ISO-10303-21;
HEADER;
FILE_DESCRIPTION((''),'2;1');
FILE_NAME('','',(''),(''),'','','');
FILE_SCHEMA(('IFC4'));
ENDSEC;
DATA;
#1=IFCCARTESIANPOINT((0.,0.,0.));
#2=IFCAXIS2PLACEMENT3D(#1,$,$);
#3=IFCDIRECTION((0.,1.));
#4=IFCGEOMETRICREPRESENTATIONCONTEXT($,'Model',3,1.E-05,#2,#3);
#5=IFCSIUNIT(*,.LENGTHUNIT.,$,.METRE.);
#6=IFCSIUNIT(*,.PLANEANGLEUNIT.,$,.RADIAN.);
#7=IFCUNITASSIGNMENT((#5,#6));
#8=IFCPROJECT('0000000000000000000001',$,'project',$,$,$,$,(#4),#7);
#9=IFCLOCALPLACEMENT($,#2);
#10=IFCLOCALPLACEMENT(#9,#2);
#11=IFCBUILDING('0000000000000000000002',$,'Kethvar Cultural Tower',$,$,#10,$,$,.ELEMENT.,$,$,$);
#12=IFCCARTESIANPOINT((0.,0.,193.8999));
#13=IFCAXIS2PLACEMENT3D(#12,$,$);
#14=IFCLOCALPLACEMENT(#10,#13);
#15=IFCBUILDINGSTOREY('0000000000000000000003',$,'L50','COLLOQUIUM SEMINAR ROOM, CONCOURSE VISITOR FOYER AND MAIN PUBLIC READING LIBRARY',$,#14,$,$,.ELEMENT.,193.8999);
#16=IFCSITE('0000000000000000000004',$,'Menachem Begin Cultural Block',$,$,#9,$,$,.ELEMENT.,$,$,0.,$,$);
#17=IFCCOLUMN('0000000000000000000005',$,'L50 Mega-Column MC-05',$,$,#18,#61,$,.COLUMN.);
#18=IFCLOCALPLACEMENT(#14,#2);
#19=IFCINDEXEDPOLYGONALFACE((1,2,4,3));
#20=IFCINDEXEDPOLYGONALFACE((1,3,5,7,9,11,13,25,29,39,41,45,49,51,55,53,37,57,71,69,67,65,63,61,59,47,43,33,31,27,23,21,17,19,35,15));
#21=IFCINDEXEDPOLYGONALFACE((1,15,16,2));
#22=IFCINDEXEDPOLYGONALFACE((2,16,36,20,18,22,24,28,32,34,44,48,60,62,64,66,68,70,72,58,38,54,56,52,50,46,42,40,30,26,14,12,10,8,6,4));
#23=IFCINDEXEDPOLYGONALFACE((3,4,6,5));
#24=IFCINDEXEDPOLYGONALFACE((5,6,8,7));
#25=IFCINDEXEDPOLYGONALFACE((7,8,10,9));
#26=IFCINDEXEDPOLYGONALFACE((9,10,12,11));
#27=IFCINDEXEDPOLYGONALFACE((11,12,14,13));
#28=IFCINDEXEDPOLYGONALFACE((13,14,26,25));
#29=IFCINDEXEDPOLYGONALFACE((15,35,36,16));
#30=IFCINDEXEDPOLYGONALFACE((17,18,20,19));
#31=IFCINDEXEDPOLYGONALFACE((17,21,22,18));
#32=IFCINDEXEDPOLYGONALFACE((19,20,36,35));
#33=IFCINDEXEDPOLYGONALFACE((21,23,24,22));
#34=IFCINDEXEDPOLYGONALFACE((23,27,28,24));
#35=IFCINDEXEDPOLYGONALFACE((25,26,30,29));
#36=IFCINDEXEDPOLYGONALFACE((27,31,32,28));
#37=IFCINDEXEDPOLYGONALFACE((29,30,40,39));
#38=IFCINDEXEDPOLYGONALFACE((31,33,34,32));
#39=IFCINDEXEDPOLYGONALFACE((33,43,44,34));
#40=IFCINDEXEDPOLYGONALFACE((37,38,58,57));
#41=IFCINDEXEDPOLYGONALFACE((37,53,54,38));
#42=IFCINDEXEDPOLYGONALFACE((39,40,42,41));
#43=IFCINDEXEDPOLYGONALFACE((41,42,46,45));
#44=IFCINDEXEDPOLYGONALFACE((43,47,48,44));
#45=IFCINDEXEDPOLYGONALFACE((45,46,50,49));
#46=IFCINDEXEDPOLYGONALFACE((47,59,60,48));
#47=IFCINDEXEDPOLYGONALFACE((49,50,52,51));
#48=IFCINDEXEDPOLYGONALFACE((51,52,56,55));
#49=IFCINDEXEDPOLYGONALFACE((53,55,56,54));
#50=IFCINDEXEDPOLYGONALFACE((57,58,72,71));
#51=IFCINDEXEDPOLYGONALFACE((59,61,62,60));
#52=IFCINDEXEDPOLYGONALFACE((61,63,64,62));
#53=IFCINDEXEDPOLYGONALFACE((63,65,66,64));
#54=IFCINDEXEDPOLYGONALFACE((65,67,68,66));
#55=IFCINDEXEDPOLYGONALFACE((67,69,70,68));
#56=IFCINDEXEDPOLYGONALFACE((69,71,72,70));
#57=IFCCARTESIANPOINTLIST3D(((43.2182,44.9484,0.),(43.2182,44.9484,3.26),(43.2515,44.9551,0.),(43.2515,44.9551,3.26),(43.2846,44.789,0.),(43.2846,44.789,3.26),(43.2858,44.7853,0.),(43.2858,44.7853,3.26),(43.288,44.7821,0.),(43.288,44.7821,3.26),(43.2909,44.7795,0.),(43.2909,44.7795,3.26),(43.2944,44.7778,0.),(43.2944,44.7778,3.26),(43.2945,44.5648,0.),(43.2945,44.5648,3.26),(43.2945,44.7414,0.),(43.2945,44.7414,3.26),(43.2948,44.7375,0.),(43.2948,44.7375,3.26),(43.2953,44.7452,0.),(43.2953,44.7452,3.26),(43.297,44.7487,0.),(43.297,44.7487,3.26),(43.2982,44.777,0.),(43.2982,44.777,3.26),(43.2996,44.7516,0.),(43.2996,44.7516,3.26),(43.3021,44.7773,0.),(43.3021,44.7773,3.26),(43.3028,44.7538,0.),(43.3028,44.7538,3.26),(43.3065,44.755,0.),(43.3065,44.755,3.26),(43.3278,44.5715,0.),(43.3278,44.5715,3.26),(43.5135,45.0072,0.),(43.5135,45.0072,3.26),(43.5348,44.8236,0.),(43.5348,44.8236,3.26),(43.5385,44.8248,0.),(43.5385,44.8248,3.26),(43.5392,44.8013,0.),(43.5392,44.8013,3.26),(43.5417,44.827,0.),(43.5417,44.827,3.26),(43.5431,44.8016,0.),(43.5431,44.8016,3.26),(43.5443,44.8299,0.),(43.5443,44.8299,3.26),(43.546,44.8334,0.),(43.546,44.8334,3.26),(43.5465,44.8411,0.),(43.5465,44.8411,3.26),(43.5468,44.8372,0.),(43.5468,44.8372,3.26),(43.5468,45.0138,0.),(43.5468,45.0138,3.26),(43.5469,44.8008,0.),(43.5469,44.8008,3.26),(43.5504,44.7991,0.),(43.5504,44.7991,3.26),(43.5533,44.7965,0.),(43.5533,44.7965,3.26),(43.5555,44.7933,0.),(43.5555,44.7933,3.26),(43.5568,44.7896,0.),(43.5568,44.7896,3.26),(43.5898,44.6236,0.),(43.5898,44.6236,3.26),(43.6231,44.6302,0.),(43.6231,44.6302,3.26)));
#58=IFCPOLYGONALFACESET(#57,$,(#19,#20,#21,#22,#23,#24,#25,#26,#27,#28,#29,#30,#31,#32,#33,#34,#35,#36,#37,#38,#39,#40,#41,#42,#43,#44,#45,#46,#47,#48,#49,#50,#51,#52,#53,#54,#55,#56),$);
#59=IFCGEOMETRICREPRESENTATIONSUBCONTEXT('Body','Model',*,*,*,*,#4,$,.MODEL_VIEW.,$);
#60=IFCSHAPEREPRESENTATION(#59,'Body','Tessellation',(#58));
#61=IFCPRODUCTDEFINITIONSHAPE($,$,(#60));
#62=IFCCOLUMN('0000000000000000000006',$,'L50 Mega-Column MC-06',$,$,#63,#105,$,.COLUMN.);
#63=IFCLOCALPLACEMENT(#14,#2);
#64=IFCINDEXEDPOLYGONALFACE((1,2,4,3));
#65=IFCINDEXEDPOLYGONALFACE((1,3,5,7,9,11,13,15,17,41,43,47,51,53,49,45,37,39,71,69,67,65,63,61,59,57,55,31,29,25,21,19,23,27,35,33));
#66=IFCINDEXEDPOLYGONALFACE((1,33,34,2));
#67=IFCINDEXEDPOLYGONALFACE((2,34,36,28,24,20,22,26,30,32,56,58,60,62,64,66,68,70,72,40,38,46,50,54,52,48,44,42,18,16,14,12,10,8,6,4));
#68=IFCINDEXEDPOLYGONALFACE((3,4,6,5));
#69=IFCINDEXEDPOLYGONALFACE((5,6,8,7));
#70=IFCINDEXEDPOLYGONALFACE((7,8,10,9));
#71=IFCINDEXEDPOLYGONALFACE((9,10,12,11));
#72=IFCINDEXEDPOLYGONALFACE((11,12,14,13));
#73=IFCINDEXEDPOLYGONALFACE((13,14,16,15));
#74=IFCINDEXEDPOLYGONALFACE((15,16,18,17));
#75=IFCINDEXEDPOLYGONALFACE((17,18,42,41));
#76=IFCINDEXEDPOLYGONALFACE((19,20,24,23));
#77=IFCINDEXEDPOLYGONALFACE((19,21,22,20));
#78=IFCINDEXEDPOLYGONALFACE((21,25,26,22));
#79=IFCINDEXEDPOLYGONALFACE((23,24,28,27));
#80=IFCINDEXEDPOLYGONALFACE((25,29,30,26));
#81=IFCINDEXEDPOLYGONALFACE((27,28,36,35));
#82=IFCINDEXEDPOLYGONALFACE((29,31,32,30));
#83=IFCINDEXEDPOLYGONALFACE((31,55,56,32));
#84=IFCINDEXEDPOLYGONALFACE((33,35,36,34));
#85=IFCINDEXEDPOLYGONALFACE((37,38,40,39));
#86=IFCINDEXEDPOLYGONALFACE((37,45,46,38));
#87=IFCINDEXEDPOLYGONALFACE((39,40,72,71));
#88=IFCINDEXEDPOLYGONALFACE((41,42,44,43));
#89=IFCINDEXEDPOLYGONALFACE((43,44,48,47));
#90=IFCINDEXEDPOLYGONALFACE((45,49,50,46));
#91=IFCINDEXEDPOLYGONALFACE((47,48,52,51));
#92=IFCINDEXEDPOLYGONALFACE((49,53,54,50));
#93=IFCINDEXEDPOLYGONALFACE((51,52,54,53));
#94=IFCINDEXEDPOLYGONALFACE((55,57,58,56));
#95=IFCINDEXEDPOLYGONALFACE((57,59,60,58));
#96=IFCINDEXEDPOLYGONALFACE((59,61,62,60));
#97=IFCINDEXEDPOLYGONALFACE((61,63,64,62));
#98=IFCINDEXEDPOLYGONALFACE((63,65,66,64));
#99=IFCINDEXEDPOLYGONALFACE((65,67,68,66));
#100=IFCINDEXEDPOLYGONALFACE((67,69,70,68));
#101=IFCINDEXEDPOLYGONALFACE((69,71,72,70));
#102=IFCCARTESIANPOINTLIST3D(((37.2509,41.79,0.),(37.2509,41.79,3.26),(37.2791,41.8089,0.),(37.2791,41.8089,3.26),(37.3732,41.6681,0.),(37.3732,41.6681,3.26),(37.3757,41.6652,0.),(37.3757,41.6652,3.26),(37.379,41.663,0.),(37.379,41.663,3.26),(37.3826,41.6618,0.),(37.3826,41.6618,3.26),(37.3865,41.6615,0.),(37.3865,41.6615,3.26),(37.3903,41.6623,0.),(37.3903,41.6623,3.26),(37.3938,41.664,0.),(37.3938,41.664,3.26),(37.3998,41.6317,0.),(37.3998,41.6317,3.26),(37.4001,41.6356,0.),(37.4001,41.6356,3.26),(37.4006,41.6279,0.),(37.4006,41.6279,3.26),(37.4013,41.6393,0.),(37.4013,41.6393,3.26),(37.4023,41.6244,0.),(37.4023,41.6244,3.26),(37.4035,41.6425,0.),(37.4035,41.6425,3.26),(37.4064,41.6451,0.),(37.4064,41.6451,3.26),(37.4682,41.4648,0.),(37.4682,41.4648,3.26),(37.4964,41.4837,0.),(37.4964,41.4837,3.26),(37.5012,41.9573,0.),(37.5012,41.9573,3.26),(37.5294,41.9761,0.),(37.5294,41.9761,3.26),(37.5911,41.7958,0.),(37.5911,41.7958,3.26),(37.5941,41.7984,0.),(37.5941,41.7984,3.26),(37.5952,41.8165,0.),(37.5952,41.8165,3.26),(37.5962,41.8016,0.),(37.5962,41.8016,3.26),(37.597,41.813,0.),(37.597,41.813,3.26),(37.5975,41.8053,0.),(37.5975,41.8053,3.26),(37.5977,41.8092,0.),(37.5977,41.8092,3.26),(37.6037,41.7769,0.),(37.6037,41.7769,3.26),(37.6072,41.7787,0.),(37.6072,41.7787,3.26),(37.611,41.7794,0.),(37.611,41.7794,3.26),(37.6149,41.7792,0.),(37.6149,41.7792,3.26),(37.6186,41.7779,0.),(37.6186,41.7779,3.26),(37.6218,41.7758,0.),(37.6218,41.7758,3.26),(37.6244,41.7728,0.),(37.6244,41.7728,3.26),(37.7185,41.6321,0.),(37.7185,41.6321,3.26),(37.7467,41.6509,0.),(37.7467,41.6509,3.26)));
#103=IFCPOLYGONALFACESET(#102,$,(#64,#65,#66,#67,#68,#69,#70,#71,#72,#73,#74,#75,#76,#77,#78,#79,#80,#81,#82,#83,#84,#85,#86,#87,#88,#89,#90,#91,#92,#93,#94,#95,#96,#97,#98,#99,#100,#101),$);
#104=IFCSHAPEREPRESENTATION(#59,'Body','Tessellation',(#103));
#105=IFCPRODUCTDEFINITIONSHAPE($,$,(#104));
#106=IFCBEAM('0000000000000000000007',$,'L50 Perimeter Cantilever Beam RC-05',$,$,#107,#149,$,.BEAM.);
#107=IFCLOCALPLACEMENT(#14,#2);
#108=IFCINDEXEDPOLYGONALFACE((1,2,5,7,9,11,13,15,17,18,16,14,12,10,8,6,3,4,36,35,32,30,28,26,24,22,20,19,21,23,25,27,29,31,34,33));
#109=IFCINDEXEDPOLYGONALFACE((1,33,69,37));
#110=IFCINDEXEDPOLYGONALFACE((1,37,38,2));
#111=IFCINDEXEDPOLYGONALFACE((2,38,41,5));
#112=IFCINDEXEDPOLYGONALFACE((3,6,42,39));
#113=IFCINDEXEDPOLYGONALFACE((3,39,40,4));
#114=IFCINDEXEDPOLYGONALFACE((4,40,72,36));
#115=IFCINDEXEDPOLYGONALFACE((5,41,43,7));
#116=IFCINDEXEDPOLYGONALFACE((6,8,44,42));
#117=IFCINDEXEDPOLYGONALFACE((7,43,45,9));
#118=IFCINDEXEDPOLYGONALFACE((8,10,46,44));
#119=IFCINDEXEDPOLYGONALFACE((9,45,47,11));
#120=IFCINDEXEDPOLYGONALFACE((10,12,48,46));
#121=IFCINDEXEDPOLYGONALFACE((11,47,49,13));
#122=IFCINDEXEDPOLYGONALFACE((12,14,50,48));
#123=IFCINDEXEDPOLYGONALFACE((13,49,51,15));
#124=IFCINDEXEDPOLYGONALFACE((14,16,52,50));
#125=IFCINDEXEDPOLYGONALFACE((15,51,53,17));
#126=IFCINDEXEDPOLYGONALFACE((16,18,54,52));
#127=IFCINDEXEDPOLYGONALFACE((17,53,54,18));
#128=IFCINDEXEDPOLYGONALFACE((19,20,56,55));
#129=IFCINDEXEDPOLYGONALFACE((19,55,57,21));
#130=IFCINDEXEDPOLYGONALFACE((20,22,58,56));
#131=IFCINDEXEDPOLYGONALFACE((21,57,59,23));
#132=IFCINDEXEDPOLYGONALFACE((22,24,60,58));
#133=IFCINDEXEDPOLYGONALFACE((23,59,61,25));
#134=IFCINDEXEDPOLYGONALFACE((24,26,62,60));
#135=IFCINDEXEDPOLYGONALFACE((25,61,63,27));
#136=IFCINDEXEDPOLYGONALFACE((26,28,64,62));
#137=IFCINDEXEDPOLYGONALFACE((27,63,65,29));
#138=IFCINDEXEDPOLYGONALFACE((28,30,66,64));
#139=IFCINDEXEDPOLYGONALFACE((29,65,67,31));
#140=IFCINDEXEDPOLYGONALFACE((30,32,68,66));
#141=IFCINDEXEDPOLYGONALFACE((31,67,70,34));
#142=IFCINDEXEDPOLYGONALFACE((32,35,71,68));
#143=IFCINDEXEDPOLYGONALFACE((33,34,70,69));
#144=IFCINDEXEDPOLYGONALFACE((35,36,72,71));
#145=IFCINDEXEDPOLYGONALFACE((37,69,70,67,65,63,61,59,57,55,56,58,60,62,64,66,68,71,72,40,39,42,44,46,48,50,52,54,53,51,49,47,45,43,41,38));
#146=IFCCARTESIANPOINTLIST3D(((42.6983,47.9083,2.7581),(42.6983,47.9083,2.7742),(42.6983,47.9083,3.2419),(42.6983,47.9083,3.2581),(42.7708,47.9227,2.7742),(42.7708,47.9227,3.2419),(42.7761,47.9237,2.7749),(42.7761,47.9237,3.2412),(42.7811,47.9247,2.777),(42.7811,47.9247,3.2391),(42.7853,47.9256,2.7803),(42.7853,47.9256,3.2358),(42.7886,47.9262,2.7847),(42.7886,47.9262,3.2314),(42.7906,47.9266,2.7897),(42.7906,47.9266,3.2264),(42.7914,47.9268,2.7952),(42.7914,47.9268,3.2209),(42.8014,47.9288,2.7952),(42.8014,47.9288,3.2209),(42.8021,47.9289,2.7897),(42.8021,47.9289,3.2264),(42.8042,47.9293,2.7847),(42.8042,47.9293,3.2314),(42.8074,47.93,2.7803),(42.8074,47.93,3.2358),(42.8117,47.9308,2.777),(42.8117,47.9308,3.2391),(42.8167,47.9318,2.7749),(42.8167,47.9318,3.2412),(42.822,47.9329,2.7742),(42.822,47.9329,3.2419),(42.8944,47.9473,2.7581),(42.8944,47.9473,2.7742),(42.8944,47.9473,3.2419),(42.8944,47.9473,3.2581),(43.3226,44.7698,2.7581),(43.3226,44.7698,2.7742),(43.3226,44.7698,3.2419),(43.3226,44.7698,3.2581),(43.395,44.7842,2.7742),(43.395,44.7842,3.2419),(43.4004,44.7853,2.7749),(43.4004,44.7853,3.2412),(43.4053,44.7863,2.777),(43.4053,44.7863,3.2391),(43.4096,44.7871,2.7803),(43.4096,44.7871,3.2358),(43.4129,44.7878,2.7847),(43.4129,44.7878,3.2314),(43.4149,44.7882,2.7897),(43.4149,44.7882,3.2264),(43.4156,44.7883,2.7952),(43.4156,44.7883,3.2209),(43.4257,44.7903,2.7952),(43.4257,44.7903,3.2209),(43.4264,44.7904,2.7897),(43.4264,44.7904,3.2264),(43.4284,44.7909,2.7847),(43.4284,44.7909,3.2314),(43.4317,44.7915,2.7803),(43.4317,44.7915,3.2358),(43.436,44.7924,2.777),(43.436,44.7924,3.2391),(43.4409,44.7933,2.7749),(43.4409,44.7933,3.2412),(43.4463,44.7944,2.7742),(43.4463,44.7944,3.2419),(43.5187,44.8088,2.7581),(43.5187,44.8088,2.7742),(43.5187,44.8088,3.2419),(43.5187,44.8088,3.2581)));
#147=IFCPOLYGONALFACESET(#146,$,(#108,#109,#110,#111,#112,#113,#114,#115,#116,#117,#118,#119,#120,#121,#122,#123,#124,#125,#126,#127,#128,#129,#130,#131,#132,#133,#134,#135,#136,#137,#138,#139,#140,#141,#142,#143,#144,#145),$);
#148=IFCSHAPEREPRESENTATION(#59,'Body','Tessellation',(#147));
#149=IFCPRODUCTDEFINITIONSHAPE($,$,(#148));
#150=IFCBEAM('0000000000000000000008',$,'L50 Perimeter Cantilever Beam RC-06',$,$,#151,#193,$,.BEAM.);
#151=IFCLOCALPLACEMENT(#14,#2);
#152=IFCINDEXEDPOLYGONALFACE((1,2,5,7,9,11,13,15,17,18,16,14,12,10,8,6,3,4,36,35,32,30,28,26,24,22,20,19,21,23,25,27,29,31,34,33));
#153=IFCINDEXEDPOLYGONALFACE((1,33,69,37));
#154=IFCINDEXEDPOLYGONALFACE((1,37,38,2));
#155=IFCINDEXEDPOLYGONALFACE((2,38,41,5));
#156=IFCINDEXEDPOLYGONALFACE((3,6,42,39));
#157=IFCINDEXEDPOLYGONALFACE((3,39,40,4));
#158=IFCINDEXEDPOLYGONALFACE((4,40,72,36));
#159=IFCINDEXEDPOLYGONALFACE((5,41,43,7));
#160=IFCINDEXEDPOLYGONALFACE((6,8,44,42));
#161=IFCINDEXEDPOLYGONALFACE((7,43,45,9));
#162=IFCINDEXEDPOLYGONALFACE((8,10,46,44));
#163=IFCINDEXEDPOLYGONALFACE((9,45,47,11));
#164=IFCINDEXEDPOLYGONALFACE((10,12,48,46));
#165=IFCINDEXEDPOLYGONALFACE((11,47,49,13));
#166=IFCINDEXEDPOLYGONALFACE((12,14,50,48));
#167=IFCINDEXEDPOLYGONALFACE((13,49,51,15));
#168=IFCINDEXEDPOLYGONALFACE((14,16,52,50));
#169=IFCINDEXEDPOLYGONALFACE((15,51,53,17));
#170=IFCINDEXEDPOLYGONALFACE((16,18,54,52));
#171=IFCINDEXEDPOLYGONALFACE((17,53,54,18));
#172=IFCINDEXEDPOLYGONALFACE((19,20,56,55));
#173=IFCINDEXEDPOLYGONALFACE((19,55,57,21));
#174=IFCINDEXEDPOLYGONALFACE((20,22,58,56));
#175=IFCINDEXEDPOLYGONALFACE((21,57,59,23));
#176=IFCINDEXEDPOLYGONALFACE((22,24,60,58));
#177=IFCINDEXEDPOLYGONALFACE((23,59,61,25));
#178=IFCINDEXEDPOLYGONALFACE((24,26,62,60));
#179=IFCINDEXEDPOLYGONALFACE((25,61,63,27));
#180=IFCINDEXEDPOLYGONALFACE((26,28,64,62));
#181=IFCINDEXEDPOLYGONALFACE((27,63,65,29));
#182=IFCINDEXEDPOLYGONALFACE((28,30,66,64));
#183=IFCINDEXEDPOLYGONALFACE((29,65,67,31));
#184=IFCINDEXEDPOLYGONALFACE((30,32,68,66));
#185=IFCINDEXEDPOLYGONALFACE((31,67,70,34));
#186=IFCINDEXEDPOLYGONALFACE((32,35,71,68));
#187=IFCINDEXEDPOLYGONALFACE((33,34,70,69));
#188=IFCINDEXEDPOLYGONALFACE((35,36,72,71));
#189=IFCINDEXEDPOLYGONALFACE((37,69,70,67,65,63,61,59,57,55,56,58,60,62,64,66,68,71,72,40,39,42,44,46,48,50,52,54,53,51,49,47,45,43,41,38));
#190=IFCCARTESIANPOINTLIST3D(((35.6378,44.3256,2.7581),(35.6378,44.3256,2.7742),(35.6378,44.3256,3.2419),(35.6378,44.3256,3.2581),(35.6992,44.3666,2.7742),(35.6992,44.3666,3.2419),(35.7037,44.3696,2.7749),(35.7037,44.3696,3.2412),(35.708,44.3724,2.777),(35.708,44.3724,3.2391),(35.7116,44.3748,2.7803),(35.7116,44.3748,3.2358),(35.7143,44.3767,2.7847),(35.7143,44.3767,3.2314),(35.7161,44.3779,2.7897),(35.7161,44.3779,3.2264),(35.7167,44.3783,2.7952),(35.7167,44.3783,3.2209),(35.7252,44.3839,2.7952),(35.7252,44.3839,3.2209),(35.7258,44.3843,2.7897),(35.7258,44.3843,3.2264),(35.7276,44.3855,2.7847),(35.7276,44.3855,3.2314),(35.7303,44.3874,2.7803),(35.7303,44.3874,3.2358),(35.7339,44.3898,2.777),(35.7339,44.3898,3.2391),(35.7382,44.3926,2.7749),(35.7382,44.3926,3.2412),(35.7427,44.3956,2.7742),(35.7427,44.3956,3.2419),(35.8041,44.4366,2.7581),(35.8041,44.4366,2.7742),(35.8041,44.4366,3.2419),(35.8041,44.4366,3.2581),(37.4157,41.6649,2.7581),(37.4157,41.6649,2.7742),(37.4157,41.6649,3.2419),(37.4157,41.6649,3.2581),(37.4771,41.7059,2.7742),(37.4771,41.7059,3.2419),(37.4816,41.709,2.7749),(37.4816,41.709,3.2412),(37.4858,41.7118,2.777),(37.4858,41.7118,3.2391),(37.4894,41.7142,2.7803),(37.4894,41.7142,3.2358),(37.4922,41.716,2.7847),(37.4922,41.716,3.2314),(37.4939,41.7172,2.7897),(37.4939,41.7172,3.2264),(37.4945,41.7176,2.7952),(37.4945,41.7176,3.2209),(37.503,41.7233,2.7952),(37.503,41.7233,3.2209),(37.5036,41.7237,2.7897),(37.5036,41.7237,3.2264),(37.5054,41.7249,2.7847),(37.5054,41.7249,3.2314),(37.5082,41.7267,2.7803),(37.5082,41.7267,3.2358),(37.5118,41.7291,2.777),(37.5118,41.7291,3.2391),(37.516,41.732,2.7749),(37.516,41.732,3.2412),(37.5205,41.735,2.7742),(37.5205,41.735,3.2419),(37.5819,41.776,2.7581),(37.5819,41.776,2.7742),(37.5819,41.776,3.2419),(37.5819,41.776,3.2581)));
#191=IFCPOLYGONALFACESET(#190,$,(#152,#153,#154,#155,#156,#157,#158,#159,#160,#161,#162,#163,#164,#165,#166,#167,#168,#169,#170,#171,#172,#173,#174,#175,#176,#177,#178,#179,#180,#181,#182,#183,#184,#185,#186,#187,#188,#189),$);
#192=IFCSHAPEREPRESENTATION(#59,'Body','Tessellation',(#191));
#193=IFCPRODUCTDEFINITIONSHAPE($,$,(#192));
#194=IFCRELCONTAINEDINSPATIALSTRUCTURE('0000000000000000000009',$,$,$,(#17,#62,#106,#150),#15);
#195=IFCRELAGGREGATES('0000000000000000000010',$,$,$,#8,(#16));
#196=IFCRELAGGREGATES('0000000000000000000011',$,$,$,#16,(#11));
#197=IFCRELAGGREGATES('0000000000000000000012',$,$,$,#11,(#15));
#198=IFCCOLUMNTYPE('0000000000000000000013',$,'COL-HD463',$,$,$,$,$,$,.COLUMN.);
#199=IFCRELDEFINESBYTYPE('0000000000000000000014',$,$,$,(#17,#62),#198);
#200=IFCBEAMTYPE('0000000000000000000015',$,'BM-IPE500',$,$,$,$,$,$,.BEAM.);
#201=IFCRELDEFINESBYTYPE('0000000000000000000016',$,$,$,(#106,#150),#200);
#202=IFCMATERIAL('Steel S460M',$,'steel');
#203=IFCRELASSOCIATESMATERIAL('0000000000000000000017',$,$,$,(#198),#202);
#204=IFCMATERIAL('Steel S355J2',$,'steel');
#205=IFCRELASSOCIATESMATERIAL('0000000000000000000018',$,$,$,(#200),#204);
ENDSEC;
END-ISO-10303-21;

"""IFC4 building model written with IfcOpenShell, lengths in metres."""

from ifc_helpers import new_model, si_unit, direction, frame, origin, origin_2d, place, context, subcontext, project, spatial, i_section, extrude, source, transform, mapped, material, material_profile, profile_set, type_object, element, save


model = new_model("IFC4")

# Units and contexts
model_context = context("Model", 3, precision=1e-05, world=origin(), true_north=direction((0.0, 1.0)))
body_context = subcontext(model_context, "Body", "Model", "MODEL_VIEW")
ifc_project = project(units=[si_unit("LENGTHUNIT", "METRE"), si_unit("PLANEANGLEUNIT", "RADIAN")], contexts=[model_context])

# Site, building, storey
site_placement = place(None, origin())
site = spatial("IfcSite", under=ifc_project, at=site_placement, Name="Menachem Begin Cultural Block", CompositionType="ELEMENT", RefElevation=0.0)
building_placement = place(site_placement, origin())
building = spatial("IfcBuilding", under=site, at=building_placement, Name="Kethvar Cultural Tower", CompositionType="ELEMENT")
storey_placement = place(building_placement, frame((0.0, 0.0, 193.8999)))
storey = spatial("IfcBuildingStorey", under=building, at=storey_placement, Name="L50", Description="COLLOQUIUM SEMINAR ROOM, CONCOURSE VISITOR FOYER AND MAIN PUBLIC READING LIBRARY", CompositionType="ELEMENT", Elevation=193.8999)

# Columns
ifc_material_1 = material(Name="Steel S460M", Category="steel")
ifc_material_profile_1 = material_profile(ifc_material_1, i_section(OverallWidth=0.3911, OverallDepth=0.335, WebThickness=0.0227, FlangeThickness=0.0339, FilletRadius=0.0149, at=origin_2d()), Name="Steel S460M — HD400x463")
ifc_profile_set_1 = profile_set([ifc_material_profile_1], Name="Steel S460M — HD400x463")
column_type = type_object("IfcColumnType", Name="COL-HD463", PredefinedType="COLUMN", material=ifc_profile_set_1)
shared_shape_1 = source(origin(), body_context, "Body", "SweptSolid", [
    extrude(i_section(OverallWidth=0.3911, OverallDepth=0.335, WebThickness=0.0227, FlangeThickness=0.0339, FilletRadius=0.0149, at=origin_2d()), origin(), (0.0, 0.0, 1.0), 3.26),
])
for number, where, z_axis, x_axis, name in (
    (1, (43.4207, 44.7893, 0.0), (0.0, 0.0, 1.0), (-0.19509, 0.980785, 0.0), "L50 Mega-Column MC-05"),
    (2, (37.4988, 41.7205, 0.0), (0.0, 0.0, 1.0), (-0.55557, 0.83147, 0.0), "L50 Mega-Column MC-06"),
):
    element("IfcColumn", number, at=place(storey_placement, frame(where, z_axis=z_axis, x_axis=x_axis)), inside=storey, type_object=column_type, Name=name, PredefinedType="COLUMN", context=body_context, shape_type="MappedRepresentation", body=[
        mapped(shared_shape_1, transform((0.0, 0.0, 0.0), scale=1.0)),
    ])

# Beams
ifc_material_2 = material(Name="Steel S355J2", Category="steel")
ifc_material_profile_2 = material_profile(ifc_material_2, i_section(OverallWidth=0.2, OverallDepth=0.5, WebThickness=0.0103, FlangeThickness=0.0161, FilletRadius=0.021, at=origin_2d()), Name="Steel S355J2 — IPE500")
ifc_profile_set_2 = profile_set([ifc_material_profile_2], Name="Steel S355J2 — IPE500")
beam_type_1 = type_object("IfcBeamType", Name="BM-IPE500", PredefinedType="BEAM", material=ifc_profile_set_2)
shared_shape_2 = source(origin(), body_context, "Body", "SweptSolid", [
    extrude(i_section(OverallWidth=0.2, OverallDepth=0.5, WebThickness=0.0103, FlangeThickness=0.0161, FilletRadius=0.021, at=origin_2d()), origin(), (0.0, 0.0, 1.0), 3.2),
])
for number, where, z_axis, x_axis, name in (
    (3, (43.4207, 44.7893, 3.0081), (-0.195089, 0.980786, 0.0), (-0.980786, -0.195089, 0.0), "L50 Perimeter Cantilever Beam RC-05"),
    (4, (37.4988, 41.7205, 3.0081), (-0.55558, 0.831463, 0.0), (-0.831463, -0.55558, 0.0), "L50 Perimeter Cantilever Beam RC-06"),
):
    element("IfcBeam", number, at=place(storey_placement, frame(where, z_axis=z_axis, x_axis=x_axis)), inside=storey, type_object=beam_type_1, Name=name, PredefinedType="BEAM", context=body_context, shape_type="MappedRepresentation", body=[
        mapped(shared_shape_2, transform((0.0, 0.0, 0.0), scale=1.0)),
    ])

save(model, "model.ifc")
